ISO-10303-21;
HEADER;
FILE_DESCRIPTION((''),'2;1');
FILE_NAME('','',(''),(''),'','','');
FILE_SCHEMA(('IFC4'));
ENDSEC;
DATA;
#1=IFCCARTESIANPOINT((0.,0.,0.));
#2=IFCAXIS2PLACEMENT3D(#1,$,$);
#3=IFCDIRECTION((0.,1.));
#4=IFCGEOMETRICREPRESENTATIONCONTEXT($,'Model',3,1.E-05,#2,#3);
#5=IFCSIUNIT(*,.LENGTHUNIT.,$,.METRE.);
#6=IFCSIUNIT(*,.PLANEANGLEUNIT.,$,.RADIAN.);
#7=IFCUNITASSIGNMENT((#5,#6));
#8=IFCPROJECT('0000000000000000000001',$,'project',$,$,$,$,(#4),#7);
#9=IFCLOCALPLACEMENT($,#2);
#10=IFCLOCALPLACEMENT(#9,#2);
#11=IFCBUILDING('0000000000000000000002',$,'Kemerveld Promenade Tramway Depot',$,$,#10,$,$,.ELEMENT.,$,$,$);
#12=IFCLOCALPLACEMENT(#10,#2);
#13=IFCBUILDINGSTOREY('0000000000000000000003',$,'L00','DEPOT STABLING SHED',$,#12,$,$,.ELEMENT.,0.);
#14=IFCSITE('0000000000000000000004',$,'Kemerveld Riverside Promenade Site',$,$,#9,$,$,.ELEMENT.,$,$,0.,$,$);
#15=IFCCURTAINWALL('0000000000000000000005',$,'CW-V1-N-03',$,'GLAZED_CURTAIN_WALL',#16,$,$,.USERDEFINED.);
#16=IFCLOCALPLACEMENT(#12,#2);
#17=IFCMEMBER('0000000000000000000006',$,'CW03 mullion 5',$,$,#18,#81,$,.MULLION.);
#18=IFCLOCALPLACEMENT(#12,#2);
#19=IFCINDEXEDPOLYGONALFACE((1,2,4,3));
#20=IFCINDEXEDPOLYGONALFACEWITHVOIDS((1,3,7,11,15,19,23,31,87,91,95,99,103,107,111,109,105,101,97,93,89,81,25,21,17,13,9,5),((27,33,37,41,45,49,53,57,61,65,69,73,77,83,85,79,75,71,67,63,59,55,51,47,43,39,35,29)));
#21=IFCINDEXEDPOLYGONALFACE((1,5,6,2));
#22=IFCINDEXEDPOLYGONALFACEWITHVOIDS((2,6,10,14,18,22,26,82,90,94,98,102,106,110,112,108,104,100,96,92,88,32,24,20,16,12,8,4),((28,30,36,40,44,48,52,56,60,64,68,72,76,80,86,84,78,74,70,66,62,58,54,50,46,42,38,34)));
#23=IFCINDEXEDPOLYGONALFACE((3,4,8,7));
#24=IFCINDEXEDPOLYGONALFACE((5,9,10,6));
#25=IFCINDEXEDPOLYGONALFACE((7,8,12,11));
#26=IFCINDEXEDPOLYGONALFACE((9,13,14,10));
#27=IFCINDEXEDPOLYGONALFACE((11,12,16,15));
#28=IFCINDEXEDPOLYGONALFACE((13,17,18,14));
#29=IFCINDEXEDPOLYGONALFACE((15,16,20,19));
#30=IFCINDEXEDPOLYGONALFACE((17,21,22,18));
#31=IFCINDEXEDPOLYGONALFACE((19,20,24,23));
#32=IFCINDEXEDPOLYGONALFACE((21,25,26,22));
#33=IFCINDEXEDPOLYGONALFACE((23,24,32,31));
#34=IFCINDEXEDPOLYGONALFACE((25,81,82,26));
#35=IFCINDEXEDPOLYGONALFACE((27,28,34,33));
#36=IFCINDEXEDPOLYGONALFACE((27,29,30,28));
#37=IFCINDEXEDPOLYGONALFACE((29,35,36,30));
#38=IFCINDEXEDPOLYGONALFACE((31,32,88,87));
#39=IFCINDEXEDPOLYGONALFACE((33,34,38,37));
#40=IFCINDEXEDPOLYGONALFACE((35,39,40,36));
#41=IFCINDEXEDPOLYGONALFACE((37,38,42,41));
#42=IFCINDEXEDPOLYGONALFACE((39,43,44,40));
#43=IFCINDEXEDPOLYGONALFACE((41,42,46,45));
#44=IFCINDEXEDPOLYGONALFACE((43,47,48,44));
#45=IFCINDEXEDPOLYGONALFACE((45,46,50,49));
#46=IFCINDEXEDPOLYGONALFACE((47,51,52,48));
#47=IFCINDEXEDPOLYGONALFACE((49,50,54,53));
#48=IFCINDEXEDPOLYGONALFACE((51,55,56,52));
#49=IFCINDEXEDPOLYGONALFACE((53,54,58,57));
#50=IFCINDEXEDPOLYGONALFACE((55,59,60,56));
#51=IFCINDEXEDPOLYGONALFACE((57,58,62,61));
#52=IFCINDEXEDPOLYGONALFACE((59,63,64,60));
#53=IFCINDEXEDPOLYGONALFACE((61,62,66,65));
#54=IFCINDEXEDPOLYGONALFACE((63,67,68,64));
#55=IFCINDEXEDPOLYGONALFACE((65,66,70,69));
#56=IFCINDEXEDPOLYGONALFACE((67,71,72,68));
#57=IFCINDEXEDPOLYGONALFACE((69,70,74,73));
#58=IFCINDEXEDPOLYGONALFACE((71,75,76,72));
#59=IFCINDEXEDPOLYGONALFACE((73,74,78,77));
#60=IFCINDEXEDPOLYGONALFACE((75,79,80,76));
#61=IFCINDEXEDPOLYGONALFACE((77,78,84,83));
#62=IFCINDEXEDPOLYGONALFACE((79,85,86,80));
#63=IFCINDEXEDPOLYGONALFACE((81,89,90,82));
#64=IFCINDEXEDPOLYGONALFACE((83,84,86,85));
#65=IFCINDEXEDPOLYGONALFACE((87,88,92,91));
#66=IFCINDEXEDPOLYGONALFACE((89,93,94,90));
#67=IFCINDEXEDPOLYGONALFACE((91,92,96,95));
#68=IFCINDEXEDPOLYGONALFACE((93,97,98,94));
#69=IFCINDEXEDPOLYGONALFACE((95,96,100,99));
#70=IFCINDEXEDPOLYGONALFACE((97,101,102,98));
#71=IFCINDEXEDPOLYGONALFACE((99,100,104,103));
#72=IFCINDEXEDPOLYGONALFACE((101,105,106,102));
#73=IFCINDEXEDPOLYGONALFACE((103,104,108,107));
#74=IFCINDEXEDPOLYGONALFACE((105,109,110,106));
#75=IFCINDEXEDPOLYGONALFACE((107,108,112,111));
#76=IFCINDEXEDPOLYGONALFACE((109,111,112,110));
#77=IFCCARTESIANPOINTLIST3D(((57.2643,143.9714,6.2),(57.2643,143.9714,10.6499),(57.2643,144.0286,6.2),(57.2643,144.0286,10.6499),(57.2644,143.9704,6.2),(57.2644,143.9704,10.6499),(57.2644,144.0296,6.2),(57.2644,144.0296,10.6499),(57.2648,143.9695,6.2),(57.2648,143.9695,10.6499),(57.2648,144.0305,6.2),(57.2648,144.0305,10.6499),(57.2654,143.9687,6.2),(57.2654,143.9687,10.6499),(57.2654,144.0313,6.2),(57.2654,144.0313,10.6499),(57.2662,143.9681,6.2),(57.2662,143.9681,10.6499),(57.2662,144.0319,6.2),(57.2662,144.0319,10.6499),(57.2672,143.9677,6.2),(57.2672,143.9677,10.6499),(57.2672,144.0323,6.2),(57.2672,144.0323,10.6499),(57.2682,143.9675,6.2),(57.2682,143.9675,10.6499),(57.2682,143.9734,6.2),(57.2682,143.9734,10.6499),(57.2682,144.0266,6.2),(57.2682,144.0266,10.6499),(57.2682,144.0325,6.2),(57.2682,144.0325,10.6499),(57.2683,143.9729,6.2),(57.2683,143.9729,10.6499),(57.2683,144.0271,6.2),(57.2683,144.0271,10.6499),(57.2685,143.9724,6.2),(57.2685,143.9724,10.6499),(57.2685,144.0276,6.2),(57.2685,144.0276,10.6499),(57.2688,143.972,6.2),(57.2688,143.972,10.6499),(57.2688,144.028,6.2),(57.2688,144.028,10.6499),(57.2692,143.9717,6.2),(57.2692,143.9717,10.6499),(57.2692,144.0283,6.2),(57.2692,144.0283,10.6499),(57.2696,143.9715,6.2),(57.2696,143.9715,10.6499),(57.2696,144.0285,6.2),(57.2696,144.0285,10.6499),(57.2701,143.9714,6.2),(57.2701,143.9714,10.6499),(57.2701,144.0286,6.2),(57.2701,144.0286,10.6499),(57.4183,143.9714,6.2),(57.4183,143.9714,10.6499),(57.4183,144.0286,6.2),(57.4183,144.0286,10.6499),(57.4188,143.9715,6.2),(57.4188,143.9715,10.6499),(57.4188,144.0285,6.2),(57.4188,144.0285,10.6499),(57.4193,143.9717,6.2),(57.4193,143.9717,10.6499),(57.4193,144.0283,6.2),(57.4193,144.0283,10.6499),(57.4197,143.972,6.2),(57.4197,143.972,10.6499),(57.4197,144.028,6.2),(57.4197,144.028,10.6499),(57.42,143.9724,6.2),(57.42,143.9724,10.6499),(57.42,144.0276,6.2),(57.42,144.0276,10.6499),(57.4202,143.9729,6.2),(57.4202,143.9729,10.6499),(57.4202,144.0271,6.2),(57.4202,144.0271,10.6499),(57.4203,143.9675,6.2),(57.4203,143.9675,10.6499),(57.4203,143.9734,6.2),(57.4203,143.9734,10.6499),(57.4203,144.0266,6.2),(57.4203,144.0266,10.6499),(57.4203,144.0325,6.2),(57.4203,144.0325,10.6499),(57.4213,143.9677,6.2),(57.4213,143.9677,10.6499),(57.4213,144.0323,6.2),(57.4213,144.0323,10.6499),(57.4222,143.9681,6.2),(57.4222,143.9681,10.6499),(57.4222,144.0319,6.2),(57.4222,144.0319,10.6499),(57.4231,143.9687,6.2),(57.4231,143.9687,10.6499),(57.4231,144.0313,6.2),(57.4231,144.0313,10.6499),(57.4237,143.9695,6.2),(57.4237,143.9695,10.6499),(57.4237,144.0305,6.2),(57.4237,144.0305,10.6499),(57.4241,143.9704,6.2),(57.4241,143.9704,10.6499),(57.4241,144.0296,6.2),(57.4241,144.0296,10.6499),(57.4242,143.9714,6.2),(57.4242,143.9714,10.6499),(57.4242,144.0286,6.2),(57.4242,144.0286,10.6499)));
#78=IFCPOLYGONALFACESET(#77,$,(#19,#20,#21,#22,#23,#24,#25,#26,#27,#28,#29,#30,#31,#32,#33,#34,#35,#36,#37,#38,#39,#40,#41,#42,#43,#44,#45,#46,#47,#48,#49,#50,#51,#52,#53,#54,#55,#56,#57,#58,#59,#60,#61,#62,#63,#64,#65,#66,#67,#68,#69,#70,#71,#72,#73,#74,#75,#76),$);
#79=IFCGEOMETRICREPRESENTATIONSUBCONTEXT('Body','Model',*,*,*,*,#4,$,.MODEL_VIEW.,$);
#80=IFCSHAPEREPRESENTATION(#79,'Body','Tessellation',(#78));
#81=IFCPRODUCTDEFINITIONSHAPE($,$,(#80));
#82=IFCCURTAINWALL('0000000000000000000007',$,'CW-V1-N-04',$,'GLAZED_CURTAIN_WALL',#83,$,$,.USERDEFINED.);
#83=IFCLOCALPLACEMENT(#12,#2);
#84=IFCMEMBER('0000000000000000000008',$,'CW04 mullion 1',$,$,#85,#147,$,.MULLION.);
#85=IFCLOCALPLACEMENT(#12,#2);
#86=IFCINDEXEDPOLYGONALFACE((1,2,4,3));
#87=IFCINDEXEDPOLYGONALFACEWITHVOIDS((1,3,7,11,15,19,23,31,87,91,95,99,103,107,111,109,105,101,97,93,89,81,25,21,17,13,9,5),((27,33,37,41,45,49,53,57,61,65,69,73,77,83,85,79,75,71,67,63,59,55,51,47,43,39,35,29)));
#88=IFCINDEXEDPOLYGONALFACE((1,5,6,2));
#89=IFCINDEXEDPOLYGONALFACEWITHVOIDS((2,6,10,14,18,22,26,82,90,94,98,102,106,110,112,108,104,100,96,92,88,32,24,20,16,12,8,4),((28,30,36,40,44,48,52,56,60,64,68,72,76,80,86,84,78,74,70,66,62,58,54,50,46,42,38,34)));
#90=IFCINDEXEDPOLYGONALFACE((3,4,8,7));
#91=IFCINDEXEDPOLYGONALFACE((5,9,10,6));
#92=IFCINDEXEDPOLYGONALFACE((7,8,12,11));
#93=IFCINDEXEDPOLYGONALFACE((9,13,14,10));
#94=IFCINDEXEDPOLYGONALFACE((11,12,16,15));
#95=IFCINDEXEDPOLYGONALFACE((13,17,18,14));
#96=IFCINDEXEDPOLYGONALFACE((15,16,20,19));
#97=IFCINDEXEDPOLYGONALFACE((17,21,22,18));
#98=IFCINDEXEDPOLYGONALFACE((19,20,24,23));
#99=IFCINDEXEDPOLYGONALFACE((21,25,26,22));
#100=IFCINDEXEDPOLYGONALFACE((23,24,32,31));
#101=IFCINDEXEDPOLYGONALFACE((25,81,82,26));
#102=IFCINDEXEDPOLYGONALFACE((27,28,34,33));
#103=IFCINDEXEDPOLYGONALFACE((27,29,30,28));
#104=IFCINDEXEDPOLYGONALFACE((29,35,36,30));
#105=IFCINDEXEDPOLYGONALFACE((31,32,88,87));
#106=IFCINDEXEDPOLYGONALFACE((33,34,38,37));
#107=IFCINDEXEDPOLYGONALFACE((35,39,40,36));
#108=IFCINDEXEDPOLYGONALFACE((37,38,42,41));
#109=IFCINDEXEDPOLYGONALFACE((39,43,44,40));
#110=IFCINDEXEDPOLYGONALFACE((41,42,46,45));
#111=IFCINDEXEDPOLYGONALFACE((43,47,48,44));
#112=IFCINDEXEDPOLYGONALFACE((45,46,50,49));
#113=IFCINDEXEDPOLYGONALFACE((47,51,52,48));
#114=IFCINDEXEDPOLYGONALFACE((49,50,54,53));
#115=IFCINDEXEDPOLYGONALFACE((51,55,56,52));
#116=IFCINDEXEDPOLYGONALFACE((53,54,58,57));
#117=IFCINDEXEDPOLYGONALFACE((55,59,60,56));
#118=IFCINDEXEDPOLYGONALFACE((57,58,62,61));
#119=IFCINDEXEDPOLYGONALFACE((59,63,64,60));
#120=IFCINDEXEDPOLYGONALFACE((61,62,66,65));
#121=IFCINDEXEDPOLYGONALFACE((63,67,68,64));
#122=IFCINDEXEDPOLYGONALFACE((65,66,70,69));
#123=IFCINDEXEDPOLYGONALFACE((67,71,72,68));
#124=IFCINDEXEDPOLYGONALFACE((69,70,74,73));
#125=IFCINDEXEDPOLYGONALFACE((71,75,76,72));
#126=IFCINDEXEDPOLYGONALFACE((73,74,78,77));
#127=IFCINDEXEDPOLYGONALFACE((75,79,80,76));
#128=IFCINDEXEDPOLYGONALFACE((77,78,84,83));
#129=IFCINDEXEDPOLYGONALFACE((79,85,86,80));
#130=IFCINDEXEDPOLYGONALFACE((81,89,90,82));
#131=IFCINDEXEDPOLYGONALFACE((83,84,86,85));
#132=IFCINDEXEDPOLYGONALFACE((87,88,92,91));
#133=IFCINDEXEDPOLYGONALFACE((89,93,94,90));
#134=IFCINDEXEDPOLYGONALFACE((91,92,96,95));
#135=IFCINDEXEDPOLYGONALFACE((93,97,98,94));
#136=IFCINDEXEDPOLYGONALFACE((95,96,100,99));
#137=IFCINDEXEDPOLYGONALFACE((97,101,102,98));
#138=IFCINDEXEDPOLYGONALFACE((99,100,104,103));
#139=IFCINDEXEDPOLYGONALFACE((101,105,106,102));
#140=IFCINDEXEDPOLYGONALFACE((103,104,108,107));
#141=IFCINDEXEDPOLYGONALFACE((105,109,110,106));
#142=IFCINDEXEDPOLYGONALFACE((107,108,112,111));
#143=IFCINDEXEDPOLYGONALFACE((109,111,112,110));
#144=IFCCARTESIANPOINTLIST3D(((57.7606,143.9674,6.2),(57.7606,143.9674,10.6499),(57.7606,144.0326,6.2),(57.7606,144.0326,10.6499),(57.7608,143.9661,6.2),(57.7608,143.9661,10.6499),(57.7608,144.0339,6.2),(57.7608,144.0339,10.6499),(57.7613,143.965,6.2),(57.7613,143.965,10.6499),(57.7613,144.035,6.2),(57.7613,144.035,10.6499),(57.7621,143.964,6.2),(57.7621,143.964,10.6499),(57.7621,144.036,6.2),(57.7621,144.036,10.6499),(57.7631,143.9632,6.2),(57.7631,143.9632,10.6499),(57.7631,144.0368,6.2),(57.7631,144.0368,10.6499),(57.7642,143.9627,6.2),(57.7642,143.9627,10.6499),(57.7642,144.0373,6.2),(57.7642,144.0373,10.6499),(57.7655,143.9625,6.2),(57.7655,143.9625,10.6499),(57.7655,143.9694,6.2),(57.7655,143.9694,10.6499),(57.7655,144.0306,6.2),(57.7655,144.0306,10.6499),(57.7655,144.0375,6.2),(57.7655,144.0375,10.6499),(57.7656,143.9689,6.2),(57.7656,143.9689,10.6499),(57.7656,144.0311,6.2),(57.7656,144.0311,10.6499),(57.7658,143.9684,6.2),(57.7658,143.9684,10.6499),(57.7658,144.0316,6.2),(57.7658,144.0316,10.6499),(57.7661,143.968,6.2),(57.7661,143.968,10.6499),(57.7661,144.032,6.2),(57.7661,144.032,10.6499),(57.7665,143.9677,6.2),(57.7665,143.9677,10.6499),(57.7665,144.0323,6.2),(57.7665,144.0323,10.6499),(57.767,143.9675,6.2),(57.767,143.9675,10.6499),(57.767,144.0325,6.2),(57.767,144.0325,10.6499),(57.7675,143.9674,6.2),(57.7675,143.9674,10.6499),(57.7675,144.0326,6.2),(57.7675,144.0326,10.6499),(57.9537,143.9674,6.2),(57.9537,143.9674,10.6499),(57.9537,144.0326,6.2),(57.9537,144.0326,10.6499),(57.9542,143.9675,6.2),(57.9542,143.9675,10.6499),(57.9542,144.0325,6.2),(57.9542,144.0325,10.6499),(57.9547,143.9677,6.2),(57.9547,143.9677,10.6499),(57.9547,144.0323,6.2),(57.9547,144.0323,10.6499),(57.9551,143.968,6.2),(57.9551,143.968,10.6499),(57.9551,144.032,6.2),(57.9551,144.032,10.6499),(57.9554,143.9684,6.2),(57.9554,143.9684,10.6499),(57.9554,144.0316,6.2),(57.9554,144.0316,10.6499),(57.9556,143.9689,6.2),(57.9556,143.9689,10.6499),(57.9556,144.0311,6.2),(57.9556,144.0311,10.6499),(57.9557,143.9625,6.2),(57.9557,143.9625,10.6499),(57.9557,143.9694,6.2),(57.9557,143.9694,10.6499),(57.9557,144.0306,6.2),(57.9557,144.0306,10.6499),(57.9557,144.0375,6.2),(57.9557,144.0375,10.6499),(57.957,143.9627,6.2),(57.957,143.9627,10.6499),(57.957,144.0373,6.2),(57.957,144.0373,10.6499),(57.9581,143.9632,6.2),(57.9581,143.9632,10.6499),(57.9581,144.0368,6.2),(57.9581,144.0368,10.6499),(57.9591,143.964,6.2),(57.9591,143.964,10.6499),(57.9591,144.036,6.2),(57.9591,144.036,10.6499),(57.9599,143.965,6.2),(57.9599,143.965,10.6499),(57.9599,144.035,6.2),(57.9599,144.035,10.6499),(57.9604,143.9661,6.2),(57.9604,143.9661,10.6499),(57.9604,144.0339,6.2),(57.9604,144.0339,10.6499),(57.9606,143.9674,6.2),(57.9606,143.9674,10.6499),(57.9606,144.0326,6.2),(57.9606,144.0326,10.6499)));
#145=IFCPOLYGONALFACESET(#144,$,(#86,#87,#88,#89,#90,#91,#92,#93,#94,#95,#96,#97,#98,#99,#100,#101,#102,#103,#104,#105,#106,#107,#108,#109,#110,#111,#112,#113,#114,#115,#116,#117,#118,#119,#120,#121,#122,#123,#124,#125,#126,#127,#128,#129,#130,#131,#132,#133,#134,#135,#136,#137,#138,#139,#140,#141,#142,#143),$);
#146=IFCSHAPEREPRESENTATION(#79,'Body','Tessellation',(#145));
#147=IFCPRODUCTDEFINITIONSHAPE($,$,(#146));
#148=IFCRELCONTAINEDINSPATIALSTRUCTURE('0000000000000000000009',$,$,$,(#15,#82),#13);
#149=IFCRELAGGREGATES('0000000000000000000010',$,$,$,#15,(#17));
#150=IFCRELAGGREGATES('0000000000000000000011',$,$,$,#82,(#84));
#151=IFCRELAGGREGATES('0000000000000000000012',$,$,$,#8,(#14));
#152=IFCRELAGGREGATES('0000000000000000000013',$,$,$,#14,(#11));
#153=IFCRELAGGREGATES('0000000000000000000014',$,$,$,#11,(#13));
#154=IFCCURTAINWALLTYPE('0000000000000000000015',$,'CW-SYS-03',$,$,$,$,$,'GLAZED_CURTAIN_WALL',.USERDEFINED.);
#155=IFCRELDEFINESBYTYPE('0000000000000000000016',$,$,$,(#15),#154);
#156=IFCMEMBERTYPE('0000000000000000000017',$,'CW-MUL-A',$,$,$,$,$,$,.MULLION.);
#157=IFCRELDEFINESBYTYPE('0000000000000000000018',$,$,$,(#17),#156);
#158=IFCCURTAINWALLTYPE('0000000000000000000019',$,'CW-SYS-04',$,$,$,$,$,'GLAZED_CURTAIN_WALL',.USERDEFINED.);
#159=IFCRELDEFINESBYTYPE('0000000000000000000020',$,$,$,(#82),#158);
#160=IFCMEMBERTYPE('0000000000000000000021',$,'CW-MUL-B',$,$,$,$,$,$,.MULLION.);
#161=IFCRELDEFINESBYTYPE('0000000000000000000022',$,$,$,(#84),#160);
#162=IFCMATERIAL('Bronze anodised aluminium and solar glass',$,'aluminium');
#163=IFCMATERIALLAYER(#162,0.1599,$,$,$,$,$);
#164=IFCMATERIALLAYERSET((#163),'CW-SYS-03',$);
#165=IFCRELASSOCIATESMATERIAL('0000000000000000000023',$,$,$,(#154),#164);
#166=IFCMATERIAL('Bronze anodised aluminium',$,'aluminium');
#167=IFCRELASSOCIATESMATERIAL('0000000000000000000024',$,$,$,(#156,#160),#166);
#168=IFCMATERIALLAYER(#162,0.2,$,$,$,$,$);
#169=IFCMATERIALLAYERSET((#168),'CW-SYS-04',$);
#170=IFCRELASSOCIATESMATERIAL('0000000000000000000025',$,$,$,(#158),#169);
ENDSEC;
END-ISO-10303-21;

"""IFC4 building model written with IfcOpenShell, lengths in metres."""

from ifc_helpers import new_model, si_unit, direction, frame, origin, origin_2d, place, context, subcontext, project, spatial, hollow_rectangle, extrude, material, layer, layer_set, material_profile, profile_set, type_object, element, aggregate, save


model = new_model("IFC4")

# Units and contexts
model_context = context("Model", 3, precision=1e-05, world=origin(), true_north=direction((0.0, 1.0)))
body_context = subcontext(model_context, "Body", "Model", "MODEL_VIEW")
ifc_project = project(units=[si_unit("LENGTHUNIT", "METRE"), si_unit("PLANEANGLEUNIT", "RADIAN")], contexts=[model_context])

# Site, building, storey
site_placement = place(None, origin())
site = spatial("IfcSite", under=ifc_project, at=site_placement, Name="Kemerveld Riverside Promenade Site", CompositionType="ELEMENT", RefElevation=0.0)
building_placement = place(site_placement, origin())
building = spatial("IfcBuilding", under=site, at=building_placement, Name="Kemerveld Promenade Tramway Depot", CompositionType="ELEMENT")
storey_placement = place(building_placement, origin())
storey = spatial("IfcBuildingStorey", under=building, at=storey_placement, Name="L00", Description="DEPOT STABLING SHED", CompositionType="ELEMENT", Elevation=0.0)

# Curtain walls, members
ifc_material_1 = material(Name="Bronze anodised aluminium and solar glass", Category="aluminium")
ifc_layer_1 = layer(ifc_material_1, 0.1599)
ifc_layer_set_1 = layer_set([ifc_layer_1], Name="CW-SYS-03")
curtain_wall_type_1 = type_object("IfcCurtainWallType", Name="CW-SYS-03", ElementType="GLAZED_CURTAIN_WALL", PredefinedType="USERDEFINED", material=ifc_layer_set_1)
curtain_wall_1_placement = place(storey_placement, origin())
curtain_wall_1 = element("IfcCurtainWall", 1, at=curtain_wall_1_placement, inside=storey, type_object=curtain_wall_type_1, Name="CW-V1-N-03", ObjectType="GLAZED_CURTAIN_WALL", PredefinedType="USERDEFINED")
ifc_material_2 = material(Name="Bronze anodised aluminium", Category="aluminium")
ifc_material_profile_1 = material_profile(ifc_material_2, hollow_rectangle(XDim=0.0649, YDim=0.1599, WallThickness=0.0039, InnerFilletRadius=0.002, OuterFilletRadius=0.0039, at=origin_2d()), Name="CW-MUL-160x65")
ifc_profile_set_1 = profile_set([ifc_material_profile_1], Name="Bronze anodised aluminium")
member_type_1 = type_object("IfcMemberType", Name="CW-MUL-A", PredefinedType="MULLION", material=ifc_profile_set_1)
member_1_placement = place(storey_placement, frame((57.3442, 144.0, 6.2), z_axis=(0.0, 0.0, 1.0), x_axis=(0.0, 1.0, 0.0)))
member_1 = element("IfcMember", 2, at=member_1_placement, type_object=member_type_1, Name="CW03 mullion 5", PredefinedType="MULLION", context=body_context, shape_type="SweptSolid", body=[
    extrude(hollow_rectangle(XDim=0.0649, YDim=0.1599, WallThickness=0.0039, InnerFilletRadius=0.002, OuterFilletRadius=0.0039, at=origin_2d()), origin(), (0.0, 0.0, 1.0), 4.45),
])
ifc_layer_2 = layer(ifc_material_1, 0.2)
ifc_layer_set_2 = layer_set([ifc_layer_2], Name="CW-SYS-04")
curtain_wall_type_2 = type_object("IfcCurtainWallType", Name="CW-SYS-04", ElementType="GLAZED_CURTAIN_WALL", PredefinedType="USERDEFINED", material=ifc_layer_set_2)
curtain_wall_2_placement = place(storey_placement, origin())
curtain_wall_2 = element("IfcCurtainWall", 3, at=curtain_wall_2_placement, inside=storey, type_object=curtain_wall_type_2, Name="CW-V1-N-04", ObjectType="GLAZED_CURTAIN_WALL", PredefinedType="USERDEFINED")
ifc_material_profile_2 = material_profile(ifc_material_2, hollow_rectangle(XDim=0.075, YDim=0.2, WallThickness=0.0049, InnerFilletRadius=0.002, OuterFilletRadius=0.0049, at=origin_2d()), Name="CW-MUL-200x75")
ifc_profile_set_2 = profile_set([ifc_material_profile_2], Name="Bronze anodised aluminium")
member_type_2 = type_object("IfcMemberType", Name="CW-MUL-B", PredefinedType="MULLION", material=ifc_profile_set_2)
member_2_placement = place(storey_placement, frame((57.8606, 144.0, 6.2), z_axis=(0.0, 0.0, 1.0), x_axis=(0.0, 1.0, 0.0)))
member_2 = element("IfcMember", 4, at=member_2_placement, type_object=member_type_2, Name="CW04 mullion 1", PredefinedType="MULLION", context=body_context, shape_type="SweptSolid", body=[
    extrude(hollow_rectangle(XDim=0.075, YDim=0.2, WallThickness=0.0049, InnerFilletRadius=0.002, OuterFilletRadius=0.0049, at=origin_2d()), origin(), (0.0, 0.0, 1.0), 4.45),
])

aggregate(curtain_wall_1, [member_1])
aggregate(curtain_wall_2, [member_2])

save(model, "model.ifc")
